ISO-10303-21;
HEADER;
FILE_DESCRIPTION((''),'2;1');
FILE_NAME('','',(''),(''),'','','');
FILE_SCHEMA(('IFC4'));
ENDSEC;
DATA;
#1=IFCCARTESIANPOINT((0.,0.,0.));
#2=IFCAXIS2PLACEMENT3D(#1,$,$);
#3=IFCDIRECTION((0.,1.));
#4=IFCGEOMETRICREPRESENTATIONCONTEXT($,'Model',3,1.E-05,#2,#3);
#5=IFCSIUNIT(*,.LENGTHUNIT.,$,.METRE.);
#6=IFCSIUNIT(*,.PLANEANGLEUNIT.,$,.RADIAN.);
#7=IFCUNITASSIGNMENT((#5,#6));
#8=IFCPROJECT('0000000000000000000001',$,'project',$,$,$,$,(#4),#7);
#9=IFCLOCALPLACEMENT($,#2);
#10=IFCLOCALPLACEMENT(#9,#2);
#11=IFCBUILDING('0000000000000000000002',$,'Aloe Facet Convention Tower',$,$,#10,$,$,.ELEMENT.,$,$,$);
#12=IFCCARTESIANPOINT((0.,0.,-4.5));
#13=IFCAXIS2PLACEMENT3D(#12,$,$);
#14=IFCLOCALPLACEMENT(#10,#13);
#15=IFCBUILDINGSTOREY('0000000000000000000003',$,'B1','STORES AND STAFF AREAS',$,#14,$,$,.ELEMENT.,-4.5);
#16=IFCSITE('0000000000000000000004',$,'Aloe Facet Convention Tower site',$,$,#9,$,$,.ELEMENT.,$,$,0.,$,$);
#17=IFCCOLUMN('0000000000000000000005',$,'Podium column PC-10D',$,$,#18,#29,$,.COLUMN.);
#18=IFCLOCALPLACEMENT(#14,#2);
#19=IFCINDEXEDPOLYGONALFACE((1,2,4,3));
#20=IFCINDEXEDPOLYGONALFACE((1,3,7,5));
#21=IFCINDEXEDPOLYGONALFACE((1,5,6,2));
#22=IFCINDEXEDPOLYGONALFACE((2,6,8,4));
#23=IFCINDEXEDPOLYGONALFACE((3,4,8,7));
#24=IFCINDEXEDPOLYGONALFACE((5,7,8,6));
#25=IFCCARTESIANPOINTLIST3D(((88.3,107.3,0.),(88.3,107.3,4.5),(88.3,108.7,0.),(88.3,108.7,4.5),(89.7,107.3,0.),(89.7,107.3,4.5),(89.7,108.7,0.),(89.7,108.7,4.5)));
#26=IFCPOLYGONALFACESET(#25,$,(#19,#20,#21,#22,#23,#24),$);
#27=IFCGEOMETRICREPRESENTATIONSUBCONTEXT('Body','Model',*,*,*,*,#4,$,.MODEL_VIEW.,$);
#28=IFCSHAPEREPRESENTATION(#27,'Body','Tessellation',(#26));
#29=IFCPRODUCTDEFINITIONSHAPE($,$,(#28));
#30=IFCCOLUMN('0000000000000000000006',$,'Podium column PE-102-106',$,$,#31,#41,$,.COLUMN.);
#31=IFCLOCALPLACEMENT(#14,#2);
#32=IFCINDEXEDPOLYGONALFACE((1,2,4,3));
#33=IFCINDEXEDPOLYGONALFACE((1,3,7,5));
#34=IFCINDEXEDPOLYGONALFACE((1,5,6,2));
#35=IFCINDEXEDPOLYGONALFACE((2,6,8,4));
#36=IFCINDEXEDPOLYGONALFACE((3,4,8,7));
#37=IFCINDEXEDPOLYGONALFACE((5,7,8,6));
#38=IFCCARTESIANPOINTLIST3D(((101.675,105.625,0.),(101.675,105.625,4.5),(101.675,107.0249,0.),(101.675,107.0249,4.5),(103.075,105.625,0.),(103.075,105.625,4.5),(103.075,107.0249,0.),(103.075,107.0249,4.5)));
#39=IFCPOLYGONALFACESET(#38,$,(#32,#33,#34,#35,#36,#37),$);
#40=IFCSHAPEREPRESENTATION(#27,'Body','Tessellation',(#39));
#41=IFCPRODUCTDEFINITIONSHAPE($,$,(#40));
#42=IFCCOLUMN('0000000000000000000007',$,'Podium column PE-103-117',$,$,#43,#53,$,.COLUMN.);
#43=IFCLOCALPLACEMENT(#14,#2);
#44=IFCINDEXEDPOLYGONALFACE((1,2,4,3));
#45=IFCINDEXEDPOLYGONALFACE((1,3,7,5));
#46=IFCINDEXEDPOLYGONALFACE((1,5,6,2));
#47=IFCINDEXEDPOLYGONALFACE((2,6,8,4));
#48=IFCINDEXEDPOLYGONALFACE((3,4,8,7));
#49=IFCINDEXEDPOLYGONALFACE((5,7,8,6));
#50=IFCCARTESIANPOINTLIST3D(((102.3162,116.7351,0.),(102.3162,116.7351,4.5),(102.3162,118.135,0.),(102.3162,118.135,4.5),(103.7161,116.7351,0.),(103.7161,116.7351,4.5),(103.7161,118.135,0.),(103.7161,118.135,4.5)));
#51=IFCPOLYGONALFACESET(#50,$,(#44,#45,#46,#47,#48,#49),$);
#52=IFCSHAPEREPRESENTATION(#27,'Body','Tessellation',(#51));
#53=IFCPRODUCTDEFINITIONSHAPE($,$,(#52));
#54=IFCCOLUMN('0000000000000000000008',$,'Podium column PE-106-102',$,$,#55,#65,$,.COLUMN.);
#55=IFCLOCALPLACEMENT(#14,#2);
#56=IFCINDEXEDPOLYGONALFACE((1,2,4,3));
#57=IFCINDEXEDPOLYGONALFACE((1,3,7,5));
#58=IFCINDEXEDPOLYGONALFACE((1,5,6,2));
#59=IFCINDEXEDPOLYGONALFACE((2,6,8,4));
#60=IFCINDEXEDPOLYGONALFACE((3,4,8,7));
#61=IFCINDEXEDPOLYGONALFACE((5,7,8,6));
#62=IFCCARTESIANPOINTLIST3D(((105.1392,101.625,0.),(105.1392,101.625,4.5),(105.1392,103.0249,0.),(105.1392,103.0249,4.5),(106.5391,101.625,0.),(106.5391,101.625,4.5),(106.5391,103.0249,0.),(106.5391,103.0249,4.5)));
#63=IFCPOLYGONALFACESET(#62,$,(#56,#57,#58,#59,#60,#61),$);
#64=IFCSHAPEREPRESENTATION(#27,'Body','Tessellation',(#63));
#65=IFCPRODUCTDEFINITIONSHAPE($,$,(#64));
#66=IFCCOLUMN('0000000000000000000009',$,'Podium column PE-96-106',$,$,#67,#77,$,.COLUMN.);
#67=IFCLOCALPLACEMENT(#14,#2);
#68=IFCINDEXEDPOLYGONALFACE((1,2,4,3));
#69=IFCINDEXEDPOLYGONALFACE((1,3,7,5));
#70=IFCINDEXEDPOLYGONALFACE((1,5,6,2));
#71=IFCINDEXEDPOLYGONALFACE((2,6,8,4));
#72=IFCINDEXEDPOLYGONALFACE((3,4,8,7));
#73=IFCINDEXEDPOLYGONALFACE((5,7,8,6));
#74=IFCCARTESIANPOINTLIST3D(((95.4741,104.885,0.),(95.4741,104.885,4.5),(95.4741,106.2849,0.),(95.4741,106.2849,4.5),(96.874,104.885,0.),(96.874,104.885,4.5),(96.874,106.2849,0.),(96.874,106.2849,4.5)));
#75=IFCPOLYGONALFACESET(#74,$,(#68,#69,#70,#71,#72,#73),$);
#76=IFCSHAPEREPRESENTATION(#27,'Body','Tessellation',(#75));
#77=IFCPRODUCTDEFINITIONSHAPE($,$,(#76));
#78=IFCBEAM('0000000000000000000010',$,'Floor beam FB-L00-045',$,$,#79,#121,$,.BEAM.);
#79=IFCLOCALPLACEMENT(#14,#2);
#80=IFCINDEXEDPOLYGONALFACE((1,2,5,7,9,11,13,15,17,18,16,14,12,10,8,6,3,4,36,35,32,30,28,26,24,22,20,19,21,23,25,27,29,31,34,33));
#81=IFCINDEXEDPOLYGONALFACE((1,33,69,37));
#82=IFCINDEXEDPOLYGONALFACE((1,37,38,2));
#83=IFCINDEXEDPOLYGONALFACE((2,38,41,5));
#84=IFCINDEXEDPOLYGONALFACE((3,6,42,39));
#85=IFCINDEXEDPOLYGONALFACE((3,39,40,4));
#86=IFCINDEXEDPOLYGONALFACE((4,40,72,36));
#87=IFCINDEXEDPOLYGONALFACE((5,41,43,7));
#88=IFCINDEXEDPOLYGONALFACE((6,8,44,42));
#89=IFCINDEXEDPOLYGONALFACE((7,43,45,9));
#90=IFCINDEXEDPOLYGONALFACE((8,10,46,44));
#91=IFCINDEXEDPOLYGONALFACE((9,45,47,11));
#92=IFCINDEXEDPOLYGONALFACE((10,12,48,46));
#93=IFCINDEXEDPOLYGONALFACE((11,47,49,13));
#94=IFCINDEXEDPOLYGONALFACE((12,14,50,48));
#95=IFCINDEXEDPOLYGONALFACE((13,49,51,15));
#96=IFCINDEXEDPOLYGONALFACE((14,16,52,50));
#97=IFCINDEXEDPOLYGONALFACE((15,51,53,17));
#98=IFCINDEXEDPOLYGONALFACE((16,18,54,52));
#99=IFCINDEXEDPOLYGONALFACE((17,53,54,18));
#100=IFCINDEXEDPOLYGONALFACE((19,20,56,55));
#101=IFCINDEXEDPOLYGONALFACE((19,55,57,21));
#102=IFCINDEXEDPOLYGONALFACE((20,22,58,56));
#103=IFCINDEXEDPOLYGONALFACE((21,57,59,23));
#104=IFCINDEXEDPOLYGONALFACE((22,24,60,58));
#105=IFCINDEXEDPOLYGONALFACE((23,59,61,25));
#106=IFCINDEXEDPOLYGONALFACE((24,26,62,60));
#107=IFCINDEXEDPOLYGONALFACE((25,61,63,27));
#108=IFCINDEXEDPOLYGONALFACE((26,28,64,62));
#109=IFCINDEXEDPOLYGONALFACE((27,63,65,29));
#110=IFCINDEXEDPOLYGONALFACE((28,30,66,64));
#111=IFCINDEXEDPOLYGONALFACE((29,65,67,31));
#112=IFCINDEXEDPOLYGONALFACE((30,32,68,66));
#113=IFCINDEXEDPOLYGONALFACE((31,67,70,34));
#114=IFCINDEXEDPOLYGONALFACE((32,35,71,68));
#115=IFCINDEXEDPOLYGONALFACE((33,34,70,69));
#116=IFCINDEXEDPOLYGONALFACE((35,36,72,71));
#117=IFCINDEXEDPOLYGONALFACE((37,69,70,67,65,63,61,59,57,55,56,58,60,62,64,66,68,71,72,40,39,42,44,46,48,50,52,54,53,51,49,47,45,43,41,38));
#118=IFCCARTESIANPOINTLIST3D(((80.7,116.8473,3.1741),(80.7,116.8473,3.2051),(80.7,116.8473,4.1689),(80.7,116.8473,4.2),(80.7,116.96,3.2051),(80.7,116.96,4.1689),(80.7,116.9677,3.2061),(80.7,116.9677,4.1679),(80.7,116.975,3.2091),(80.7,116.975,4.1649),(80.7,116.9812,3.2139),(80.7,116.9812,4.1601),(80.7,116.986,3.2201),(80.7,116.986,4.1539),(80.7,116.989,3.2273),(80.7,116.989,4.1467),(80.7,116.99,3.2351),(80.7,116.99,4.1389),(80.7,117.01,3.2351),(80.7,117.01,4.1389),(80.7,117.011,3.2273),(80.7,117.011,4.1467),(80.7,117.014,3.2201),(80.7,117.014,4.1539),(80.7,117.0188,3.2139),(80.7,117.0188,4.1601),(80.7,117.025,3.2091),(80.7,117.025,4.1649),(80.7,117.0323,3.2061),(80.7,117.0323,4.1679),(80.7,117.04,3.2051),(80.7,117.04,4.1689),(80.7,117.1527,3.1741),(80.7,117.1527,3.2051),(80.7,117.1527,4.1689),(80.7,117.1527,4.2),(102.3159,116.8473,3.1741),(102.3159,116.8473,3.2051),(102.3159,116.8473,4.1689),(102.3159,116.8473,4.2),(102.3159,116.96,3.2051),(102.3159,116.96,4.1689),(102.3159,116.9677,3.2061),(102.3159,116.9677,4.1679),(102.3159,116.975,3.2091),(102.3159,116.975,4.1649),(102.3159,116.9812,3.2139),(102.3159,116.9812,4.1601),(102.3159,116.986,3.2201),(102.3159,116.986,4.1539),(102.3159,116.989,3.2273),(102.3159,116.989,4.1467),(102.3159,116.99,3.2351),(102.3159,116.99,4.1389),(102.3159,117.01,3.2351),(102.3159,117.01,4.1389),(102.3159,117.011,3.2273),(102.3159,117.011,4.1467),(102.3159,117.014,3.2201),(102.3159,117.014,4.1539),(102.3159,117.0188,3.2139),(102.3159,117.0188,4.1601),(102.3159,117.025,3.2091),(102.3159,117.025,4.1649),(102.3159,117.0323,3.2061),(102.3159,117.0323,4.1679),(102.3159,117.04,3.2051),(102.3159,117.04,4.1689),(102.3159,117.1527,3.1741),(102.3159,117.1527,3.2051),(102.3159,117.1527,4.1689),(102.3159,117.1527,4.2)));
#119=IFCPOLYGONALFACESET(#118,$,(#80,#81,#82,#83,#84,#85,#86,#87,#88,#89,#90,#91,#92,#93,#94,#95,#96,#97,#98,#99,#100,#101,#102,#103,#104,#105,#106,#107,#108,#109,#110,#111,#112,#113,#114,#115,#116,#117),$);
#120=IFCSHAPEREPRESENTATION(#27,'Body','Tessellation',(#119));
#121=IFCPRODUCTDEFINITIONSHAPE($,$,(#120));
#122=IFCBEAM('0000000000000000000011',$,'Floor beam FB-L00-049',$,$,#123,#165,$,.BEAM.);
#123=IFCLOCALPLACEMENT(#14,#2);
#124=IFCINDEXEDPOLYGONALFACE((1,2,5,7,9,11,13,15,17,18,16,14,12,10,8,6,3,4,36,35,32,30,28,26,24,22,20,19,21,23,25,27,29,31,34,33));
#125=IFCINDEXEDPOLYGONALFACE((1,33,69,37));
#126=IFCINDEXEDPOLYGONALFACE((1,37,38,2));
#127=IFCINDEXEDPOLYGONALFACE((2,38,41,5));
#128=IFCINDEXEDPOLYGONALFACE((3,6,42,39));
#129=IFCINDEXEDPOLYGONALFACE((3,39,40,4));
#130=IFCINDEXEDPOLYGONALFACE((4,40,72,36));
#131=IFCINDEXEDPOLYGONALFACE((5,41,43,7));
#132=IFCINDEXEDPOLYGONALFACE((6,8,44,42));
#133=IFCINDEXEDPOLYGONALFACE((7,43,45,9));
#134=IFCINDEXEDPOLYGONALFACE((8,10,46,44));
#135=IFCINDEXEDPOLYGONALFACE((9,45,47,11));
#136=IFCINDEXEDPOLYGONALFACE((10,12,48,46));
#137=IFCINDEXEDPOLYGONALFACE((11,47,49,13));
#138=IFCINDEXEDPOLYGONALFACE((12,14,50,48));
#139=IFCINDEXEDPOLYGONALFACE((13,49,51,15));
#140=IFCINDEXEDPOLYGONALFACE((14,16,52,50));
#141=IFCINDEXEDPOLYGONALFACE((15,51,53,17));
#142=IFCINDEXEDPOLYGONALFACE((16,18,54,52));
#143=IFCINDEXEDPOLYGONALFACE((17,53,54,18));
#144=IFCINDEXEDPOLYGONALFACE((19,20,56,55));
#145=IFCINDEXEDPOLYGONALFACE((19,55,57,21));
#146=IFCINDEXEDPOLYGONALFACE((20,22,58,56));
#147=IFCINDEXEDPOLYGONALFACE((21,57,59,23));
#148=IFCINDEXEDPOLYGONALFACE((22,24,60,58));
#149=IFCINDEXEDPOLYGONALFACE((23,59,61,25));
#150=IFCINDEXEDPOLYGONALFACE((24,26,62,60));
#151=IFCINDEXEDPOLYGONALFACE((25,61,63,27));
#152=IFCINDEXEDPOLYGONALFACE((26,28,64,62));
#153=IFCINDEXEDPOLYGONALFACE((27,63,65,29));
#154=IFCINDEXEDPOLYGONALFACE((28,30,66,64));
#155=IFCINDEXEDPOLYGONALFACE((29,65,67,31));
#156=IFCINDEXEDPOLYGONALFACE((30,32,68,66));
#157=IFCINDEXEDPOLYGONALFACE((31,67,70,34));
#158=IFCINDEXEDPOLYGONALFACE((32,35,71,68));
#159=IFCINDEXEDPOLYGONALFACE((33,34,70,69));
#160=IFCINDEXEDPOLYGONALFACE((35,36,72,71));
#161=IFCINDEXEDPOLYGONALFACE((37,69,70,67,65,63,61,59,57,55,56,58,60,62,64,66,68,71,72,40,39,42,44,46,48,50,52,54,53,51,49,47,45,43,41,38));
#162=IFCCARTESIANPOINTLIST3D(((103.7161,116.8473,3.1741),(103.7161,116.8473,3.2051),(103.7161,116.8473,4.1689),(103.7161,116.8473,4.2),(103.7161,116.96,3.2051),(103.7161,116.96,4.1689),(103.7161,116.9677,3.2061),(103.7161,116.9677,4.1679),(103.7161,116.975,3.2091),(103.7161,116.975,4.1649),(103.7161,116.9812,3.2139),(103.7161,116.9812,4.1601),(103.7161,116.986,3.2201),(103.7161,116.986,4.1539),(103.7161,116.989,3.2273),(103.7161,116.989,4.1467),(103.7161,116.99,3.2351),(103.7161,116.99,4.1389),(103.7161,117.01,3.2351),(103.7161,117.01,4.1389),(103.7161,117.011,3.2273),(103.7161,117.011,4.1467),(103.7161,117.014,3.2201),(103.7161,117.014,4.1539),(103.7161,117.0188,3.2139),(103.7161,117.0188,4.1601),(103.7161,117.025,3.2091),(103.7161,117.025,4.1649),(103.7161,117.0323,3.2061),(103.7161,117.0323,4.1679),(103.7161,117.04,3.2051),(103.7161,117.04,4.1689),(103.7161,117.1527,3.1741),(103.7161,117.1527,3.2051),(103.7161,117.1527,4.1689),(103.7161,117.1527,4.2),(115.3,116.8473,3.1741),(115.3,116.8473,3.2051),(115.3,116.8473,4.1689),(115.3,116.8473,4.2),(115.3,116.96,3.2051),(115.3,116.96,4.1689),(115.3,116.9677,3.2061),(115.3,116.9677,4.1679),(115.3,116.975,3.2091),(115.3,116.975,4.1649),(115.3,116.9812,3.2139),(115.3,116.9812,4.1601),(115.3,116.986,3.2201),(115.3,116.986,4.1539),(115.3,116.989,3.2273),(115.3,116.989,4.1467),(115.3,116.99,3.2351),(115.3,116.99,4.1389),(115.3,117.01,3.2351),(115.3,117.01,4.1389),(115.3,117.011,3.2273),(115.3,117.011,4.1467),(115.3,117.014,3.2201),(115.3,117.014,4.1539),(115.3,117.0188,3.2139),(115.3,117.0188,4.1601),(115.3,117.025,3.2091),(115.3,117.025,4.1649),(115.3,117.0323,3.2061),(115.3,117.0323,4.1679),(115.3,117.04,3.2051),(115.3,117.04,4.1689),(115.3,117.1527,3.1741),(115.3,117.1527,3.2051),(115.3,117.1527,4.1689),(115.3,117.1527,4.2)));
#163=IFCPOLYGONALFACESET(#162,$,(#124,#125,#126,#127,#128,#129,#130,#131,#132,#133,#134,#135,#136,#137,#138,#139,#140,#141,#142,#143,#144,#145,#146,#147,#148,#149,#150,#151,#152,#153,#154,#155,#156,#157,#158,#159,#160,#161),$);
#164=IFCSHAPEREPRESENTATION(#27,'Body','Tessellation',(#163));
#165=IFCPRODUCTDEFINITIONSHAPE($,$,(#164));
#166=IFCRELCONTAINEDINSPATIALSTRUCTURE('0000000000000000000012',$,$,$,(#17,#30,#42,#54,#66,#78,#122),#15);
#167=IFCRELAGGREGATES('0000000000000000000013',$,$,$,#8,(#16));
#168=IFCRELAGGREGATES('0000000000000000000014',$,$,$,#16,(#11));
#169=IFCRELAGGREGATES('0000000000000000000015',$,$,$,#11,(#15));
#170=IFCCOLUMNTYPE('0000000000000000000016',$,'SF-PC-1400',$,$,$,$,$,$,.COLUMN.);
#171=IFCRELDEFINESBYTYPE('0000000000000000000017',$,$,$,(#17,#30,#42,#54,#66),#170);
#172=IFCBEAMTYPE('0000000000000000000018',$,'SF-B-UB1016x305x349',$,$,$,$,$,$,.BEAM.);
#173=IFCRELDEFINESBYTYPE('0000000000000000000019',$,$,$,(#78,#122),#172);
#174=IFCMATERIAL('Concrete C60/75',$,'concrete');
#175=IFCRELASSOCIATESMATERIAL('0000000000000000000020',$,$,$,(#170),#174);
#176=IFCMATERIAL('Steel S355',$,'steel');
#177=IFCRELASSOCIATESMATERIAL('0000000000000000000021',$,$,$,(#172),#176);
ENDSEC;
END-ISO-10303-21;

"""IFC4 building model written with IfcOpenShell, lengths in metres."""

from ifc_helpers import new_model, si_unit, direction, frame, origin, origin_2d, place, context, subcontext, project, spatial, rectangle, i_section, extrude, material, material_profile, profile_set, type_object, element, save


model = new_model("IFC4")

# Units and contexts
model_context = context("Model", 3, precision=1e-05, world=origin(), true_north=direction((0.0, 1.0)))
body_context = subcontext(model_context, "Body", "Model", "MODEL_VIEW")
ifc_project = project(units=[si_unit("LENGTHUNIT", "METRE"), si_unit("PLANEANGLEUNIT", "RADIAN")], contexts=[model_context])

# Site, building, storey
site_placement = place(None, origin())
site = spatial("IfcSite", under=ifc_project, at=site_placement, Name="Aloe Facet Convention Tower site", CompositionType="ELEMENT", RefElevation=0.0)
building_placement = place(site_placement, origin())
building = spatial("IfcBuilding", under=site, at=building_placement, Name="Aloe Facet Convention Tower", CompositionType="ELEMENT")
storey_placement = place(building_placement, frame((0.0, 0.0, -4.5)))
storey = spatial("IfcBuildingStorey", under=building, at=storey_placement, Name="B1", Description="STORES AND STAFF AREAS", CompositionType="ELEMENT", Elevation=-4.5)

# Columns
ifc_material_1 = material(Name="Concrete C60/75", Category="concrete")
ifc_material_profile_1 = material_profile(ifc_material_1, rectangle(XDim=1.3999, YDim=1.3999, at=origin_2d()), Name="SF-PC-1400")
ifc_profile_set_1 = profile_set([ifc_material_profile_1], Name="Concrete C60/75")
column_type = type_object("IfcColumnType", Name="SF-PC-1400", PredefinedType="COLUMN", material=ifc_profile_set_1)
for number, where, z_axis, x_axis, name in (
    (1, (89.0, 108.0, 0.0), (0.0, 0.0, 1.0), (1.0, 0.0, 0.0), "Podium column PC-10D"),
    (2, (102.375, 106.325, 0.0), (0.0, 0.0, 1.0), (1.0, 0.0, 0.0), "Podium column PE-102-106"),
    (3, (103.0161, 117.4351, 0.0), (0.0, 0.0, 1.0), (1.0, 0.0, 0.0), "Podium column PE-103-117"),
    (4, (105.8391, 102.325, 0.0), (0.0, 0.0, 1.0), (1.0, 0.0, 0.0), "Podium column PE-106-102"),
    (5, (96.1741, 105.585, 0.0), (0.0, 0.0, 1.0), (1.0, 0.0, 0.0), "Podium column PE-96-106"),
):
    element("IfcColumn", number, at=place(storey_placement, frame(where, z_axis=z_axis, x_axis=x_axis)), inside=storey, type_object=column_type, Name=name, PredefinedType="COLUMN", context=body_context, shape_type="SweptSolid", body=[
        extrude(rectangle(XDim=1.3999, YDim=1.3999, at=origin_2d()), origin(), (0.0, 0.0, 1.0), 4.5),
    ])

# Beams
ifc_material_2 = material(Name="Steel S355", Category="steel")
ifc_material_profile_2 = material_profile(ifc_material_2, i_section(OverallWidth=0.3054, OverallDepth=1.0259, WebThickness=0.02, FlangeThickness=0.031, FilletRadius=0.03, at=origin_2d()), Name="UB 1016x305x349")
ifc_profile_set_2 = profile_set([ifc_material_profile_2], Name="Steel S355")
beam_type_1 = type_object("IfcBeamType", Name="SF-B-UB1016x305x349", PredefinedType="BEAM", material=ifc_profile_set_2)
beam_1_placement = place(storey_placement, frame((80.7, 117.0, 3.687), z_axis=(1.0, 0.0, 0.0), x_axis=(0.0, 1.0, 0.0)))
element("IfcBeam", 6, at=beam_1_placement, inside=storey, type_object=beam_type_1, Name="Floor beam FB-L00-045", PredefinedType="BEAM", context=body_context, shape_type="SweptSolid", body=[
    extrude(i_section(OverallWidth=0.3054, OverallDepth=1.0259, WebThickness=0.02, FlangeThickness=0.031, FilletRadius=0.03, at=origin_2d()), origin(), (0.0, 0.0, 1.0), 21.616),
])
beam_2_placement = place(storey_placement, frame((103.7161, 117.0, 3.687), z_axis=(1.0, 0.0, 0.0), x_axis=(0.0, 1.0, 0.0)))
element("IfcBeam", 7, at=beam_2_placement, inside=storey, type_object=beam_type_1, Name="Floor beam FB-L00-049", PredefinedType="BEAM", context=body_context, shape_type="SweptSolid", body=[
    extrude(i_section(OverallWidth=0.3054, OverallDepth=1.0259, WebThickness=0.02, FlangeThickness=0.031, FilletRadius=0.03, at=origin_2d()), origin(), (0.0, 0.0, 1.0), 11.584),
])

save(model, "model.ifc")
